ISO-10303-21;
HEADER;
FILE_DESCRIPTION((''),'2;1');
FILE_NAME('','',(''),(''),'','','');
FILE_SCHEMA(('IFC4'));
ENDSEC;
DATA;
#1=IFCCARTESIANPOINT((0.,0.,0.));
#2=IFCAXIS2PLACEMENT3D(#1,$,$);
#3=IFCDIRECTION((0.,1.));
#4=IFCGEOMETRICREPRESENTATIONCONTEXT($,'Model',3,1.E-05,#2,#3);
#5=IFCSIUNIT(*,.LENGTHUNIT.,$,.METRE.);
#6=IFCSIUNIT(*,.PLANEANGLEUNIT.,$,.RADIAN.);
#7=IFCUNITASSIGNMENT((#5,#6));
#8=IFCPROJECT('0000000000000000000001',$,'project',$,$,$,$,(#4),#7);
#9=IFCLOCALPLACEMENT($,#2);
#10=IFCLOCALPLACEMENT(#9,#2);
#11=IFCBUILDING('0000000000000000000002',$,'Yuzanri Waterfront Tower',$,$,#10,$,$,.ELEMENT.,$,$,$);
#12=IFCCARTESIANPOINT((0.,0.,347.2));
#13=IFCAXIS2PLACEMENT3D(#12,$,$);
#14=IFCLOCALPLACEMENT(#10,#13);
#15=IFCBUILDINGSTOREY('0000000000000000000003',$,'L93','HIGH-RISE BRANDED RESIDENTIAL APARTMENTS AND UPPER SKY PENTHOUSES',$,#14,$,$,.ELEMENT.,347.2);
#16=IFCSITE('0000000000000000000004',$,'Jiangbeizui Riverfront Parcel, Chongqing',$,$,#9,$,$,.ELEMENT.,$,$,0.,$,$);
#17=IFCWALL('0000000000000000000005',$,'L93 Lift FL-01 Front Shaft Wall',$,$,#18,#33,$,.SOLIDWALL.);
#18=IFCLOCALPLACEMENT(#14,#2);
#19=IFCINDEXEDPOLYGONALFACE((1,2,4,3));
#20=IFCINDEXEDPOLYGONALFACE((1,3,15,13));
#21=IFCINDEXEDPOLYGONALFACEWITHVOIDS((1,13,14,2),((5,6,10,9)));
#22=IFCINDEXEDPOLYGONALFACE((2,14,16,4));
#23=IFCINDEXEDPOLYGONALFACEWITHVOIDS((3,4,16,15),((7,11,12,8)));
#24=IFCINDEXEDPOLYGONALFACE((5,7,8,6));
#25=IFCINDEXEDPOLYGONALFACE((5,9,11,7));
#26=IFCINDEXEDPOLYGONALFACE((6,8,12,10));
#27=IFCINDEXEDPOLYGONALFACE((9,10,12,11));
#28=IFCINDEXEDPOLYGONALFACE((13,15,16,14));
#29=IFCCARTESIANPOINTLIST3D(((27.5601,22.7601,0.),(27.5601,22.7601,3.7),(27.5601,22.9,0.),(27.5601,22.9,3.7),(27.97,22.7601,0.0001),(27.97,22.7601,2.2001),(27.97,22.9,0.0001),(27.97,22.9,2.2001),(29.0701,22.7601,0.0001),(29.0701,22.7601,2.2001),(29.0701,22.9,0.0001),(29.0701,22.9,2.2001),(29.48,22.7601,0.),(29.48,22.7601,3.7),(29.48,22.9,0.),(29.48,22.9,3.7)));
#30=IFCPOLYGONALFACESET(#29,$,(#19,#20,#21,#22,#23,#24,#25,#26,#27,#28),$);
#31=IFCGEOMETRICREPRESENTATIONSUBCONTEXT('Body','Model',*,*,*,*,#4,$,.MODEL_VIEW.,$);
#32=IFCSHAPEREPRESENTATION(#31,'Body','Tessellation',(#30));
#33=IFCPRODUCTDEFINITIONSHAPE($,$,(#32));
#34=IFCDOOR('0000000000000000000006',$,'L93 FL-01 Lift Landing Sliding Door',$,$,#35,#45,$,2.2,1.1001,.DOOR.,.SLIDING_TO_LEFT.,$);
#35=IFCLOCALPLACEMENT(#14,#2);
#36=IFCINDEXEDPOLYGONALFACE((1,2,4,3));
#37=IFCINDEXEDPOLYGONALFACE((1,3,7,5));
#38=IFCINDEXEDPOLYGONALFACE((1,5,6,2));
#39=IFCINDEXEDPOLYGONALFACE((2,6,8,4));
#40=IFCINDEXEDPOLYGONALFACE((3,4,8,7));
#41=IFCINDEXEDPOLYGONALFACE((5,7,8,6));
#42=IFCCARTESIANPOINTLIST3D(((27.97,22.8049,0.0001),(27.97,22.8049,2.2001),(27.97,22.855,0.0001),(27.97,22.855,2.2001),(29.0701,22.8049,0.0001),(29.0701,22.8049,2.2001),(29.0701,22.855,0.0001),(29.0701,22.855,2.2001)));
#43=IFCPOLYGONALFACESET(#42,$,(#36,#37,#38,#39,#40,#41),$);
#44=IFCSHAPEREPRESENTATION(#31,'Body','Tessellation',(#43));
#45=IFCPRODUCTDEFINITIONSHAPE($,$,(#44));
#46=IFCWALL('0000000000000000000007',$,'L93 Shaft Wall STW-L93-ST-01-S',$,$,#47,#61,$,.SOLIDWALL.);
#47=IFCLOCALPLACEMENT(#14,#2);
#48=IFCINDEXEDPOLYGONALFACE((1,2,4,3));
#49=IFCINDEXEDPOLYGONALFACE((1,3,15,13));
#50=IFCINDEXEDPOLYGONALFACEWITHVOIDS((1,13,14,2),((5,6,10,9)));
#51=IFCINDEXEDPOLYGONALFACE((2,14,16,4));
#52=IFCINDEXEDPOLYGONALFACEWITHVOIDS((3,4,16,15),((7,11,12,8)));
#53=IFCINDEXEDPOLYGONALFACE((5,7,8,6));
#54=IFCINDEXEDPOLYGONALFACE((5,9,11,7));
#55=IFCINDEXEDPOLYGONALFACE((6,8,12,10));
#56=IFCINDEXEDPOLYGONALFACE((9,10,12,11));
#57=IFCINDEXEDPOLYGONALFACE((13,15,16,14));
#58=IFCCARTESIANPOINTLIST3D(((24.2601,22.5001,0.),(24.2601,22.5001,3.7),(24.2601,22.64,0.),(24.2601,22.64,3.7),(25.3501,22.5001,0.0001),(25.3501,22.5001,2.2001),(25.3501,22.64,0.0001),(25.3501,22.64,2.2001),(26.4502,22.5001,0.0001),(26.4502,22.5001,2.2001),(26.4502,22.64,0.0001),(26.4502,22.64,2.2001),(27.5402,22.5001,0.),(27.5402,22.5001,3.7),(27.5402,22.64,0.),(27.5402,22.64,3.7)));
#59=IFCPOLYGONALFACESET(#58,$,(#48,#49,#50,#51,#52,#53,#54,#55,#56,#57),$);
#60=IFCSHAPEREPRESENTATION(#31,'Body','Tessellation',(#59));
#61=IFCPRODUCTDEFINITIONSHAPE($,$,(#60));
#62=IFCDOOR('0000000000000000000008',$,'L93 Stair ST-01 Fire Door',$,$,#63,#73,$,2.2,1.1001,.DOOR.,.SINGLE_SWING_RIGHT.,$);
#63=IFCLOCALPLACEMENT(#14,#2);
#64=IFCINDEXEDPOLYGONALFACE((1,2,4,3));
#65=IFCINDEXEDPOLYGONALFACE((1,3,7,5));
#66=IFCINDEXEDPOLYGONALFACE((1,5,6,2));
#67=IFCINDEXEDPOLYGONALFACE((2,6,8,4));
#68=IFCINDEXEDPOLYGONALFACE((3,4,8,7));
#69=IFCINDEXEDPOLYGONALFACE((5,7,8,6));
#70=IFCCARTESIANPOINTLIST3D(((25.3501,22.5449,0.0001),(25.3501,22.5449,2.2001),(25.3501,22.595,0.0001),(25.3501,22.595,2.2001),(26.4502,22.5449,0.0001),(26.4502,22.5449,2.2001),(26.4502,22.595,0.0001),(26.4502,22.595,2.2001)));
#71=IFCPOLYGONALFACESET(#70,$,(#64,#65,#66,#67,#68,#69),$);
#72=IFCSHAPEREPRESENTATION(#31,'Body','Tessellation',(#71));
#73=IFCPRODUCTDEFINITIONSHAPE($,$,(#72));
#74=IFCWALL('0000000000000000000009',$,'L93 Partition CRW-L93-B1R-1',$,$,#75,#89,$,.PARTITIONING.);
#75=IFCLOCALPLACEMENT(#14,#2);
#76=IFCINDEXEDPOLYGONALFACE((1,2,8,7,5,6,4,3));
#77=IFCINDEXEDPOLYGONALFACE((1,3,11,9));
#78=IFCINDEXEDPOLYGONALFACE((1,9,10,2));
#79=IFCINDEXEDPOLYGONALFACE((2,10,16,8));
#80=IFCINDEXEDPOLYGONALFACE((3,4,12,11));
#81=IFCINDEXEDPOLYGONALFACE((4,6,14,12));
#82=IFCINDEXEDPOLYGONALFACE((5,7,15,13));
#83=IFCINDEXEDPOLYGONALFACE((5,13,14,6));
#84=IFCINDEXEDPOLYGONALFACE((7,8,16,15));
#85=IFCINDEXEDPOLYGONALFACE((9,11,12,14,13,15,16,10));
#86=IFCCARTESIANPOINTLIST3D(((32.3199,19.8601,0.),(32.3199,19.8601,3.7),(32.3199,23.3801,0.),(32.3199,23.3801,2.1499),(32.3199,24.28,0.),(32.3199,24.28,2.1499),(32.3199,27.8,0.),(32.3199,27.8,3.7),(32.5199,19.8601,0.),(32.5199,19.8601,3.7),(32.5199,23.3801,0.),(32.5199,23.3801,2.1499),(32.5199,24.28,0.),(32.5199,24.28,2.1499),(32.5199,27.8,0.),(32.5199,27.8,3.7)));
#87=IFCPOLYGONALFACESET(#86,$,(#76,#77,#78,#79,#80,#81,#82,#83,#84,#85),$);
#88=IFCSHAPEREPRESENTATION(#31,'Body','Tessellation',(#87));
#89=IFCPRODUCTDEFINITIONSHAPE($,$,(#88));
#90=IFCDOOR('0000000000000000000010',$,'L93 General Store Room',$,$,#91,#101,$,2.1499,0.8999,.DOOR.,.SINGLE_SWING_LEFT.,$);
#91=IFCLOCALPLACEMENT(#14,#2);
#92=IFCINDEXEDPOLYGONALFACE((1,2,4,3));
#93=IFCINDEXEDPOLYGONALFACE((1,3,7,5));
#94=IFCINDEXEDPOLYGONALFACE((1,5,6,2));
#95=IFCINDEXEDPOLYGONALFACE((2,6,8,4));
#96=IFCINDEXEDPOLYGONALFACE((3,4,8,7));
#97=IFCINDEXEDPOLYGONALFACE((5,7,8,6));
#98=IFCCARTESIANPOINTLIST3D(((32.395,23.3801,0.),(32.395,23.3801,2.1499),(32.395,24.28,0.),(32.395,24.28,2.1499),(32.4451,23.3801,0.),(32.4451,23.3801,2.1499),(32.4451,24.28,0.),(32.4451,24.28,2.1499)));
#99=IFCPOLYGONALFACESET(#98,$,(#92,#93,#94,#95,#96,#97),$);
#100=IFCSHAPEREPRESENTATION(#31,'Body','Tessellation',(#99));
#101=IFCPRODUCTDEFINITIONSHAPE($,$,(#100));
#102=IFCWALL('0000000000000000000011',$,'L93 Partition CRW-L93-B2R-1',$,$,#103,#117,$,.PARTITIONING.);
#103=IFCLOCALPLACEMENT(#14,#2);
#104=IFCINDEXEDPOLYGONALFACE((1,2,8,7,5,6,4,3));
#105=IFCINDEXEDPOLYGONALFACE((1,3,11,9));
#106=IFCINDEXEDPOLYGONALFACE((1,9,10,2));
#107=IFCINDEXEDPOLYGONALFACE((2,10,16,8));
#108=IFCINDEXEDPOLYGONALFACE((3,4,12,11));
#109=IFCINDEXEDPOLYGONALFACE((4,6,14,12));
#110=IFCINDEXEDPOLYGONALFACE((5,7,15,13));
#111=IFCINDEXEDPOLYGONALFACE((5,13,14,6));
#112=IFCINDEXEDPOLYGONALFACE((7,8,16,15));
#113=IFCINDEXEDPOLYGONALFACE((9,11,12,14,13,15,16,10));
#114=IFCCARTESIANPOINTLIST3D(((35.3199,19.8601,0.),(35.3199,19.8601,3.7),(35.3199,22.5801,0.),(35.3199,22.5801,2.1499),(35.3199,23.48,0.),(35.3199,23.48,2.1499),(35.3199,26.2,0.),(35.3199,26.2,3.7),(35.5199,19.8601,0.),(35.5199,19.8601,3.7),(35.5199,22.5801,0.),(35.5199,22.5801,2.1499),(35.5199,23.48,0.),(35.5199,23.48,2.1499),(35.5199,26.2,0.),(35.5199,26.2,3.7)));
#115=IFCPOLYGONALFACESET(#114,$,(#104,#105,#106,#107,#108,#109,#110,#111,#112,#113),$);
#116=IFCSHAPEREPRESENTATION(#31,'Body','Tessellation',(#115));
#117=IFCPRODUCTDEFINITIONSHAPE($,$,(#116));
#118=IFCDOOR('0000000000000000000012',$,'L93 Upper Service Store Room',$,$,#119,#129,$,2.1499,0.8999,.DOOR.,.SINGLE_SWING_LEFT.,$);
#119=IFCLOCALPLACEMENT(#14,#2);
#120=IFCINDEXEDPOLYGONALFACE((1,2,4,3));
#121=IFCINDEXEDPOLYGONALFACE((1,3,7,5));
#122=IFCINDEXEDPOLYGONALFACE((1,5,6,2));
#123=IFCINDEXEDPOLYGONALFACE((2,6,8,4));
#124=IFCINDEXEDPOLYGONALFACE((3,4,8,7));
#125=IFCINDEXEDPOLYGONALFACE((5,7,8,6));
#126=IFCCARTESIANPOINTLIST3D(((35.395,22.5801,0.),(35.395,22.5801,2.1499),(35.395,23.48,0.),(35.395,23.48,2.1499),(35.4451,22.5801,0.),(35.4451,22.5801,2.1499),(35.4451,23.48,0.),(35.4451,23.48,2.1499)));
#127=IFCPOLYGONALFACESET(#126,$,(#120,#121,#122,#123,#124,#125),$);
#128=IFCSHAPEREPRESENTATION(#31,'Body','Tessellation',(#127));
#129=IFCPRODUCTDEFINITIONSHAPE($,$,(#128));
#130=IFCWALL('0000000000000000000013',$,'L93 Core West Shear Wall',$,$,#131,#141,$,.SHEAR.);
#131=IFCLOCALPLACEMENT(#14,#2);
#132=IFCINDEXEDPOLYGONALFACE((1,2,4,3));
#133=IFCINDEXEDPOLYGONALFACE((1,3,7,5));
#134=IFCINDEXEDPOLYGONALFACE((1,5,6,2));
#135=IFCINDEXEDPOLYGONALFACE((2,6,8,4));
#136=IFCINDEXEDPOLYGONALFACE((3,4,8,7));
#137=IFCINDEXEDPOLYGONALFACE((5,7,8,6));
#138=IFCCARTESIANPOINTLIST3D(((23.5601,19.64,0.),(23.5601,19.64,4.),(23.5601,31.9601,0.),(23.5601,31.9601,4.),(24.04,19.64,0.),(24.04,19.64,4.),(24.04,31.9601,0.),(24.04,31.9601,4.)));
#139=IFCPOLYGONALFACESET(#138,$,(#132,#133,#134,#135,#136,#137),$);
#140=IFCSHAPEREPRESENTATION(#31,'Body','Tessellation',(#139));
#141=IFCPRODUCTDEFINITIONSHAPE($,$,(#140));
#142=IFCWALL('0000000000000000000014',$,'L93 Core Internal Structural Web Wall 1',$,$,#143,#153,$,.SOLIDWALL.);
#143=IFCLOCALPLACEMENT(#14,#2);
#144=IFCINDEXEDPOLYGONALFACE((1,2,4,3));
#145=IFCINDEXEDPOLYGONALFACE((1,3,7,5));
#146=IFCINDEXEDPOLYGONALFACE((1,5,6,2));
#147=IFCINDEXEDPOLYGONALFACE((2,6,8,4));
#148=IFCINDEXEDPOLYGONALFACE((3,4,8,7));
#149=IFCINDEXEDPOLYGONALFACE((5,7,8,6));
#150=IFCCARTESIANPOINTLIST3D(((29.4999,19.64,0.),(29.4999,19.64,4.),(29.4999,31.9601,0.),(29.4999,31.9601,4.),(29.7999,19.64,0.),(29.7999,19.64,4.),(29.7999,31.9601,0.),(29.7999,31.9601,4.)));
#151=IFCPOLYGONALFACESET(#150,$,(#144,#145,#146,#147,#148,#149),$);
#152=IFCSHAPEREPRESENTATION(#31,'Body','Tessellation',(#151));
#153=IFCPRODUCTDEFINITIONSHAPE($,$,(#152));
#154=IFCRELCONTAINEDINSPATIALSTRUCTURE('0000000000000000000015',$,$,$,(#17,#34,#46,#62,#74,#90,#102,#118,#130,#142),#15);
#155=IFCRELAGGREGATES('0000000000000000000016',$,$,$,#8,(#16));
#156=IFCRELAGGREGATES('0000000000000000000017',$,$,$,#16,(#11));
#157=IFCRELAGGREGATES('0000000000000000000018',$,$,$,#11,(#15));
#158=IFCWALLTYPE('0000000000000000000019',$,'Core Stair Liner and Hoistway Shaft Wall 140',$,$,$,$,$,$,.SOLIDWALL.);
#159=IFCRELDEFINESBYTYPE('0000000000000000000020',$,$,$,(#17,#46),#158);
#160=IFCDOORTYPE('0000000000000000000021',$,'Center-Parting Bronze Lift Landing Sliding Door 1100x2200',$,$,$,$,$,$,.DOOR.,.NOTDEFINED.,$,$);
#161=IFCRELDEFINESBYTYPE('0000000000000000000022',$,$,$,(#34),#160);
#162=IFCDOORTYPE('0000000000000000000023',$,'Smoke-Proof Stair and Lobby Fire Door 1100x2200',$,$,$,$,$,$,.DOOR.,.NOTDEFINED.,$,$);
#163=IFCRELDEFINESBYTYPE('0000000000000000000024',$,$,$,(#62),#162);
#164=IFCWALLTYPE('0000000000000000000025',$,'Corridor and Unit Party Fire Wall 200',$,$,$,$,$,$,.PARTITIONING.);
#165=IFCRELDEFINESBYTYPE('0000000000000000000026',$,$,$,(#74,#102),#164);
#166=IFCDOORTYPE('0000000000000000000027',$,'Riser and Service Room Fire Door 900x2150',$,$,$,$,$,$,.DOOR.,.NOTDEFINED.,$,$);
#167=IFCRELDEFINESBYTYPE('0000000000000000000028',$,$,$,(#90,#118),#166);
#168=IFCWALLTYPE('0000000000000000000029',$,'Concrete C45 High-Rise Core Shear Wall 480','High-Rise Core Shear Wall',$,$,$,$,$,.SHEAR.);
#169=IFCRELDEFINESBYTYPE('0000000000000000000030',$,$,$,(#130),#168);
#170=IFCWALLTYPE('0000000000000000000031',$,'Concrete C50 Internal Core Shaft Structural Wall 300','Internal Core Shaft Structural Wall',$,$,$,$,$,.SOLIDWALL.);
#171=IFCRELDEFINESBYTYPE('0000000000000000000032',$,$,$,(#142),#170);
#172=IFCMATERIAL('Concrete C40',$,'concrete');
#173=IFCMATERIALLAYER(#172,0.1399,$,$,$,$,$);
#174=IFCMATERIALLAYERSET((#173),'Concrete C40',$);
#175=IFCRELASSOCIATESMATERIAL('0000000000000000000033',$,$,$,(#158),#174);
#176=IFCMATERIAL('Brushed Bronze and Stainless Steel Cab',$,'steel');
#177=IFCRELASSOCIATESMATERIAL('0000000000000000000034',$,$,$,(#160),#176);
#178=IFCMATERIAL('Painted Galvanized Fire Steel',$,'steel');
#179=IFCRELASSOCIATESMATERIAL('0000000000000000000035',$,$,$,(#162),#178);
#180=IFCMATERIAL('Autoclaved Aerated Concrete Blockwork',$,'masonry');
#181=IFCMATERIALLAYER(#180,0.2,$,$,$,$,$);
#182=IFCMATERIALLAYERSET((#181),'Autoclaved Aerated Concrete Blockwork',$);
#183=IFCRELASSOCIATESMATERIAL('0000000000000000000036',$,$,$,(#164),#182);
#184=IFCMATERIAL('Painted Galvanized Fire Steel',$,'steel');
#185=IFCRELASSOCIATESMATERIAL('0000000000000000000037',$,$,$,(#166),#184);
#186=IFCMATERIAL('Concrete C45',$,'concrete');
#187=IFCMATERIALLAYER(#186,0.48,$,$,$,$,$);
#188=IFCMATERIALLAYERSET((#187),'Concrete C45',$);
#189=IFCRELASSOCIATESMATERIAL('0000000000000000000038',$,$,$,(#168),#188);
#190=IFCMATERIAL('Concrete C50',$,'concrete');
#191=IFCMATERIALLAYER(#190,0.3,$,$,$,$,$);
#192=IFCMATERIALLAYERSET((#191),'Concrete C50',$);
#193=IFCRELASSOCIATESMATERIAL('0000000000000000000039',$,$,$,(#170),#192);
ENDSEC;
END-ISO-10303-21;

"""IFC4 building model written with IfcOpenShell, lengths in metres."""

from ifc_helpers import new_model, si_unit, direction, frame, frame_2d, origin, place, context, subcontext, project, spatial, rectangle, extrude, source, transform, mapped, material, layer, layer_set, type_object, element, fill, save


model = new_model("IFC4")

# Units and contexts
model_context = context("Model", 3, precision=1e-05, world=origin(), true_north=direction((0.0, 1.0)))
body_context = subcontext(model_context, "Body", "Model", "MODEL_VIEW")
ifc_project = project(units=[si_unit("LENGTHUNIT", "METRE"), si_unit("PLANEANGLEUNIT", "RADIAN")], contexts=[model_context])

# Site, building, storey
site_placement = place(None, origin())
site = spatial("IfcSite", under=ifc_project, at=site_placement, Name="Jiangbeizui Riverfront Parcel, Chongqing", CompositionType="ELEMENT", RefElevation=0.0)
building_placement = place(site_placement, origin())
building = spatial("IfcBuilding", under=site, at=building_placement, Name="Yuzanri Waterfront Tower", CompositionType="ELEMENT")
storey_placement = place(building_placement, frame((0.0, 0.0, 347.2)))
storey = spatial("IfcBuildingStorey", under=building, at=storey_placement, Name="L93", Description="HIGH-RISE BRANDED RESIDENTIAL APARTMENTS AND UPPER SKY PENTHOUSES", CompositionType="ELEMENT", Elevation=347.2)

# Walls, openings, doors
ifc_material_1 = material(Name="Concrete C40", Category="concrete")
ifc_layer_1 = layer(ifc_material_1, 0.1399)
ifc_layer_set_1 = layer_set([ifc_layer_1], Name="Concrete C40")
wall_type_1 = type_object("IfcWallType", Name="Core Stair Liner and Hoistway Shaft Wall 140", PredefinedType="SOLIDWALL", material=ifc_layer_set_1)
wall_1_placement = place(storey_placement, frame((27.5601, 22.8301, 0.0), z_axis=(0.0, 0.0, 1.0), x_axis=(1.0, 0.0, 0.0)))
wall_1 = element("IfcWall", 1, at=wall_1_placement, inside=storey, type_object=wall_type_1, Name="L93 Lift FL-01 Front Shaft Wall", PredefinedType="SOLIDWALL", context=body_context, shape_type="SweptSolid", body=[
    extrude(rectangle(XDim=1.9199, YDim=0.1399, at=frame_2d((0.96, 0.0))), origin(), (0.0, 0.0, 1.0), 3.7),
])
opening_1_placement = place(wall_1_placement, frame((0.4099, 0.0, 0.0)))
opening_1 = element("IfcOpeningElement", 2, at=opening_1_placement, cuts=wall_1, PredefinedType="OPENING", context=body_context, shape_type="SweptSolid", body=[
    extrude(rectangle(XDim=1.1001, YDim=2.2, at=frame_2d((0.55, 1.1001))), frame((0.0, 0.085, 0.0), z_axis=(0.0, -1.0, 0.0), x_axis=(1.0, 0.0, 0.0)), (0.0, 0.0, 1.0), 0.1697),
])
ifc_material_2 = material(Name="Brushed Bronze and Stainless Steel Cab", Category="steel")
door_type_1 = type_object("IfcDoorType", Name="Center-Parting Bronze Lift Landing Sliding Door 1100x2200", OperationType="NOTDEFINED", PredefinedType="DOOR", material=ifc_material_2)
shared_shape_1 = source(origin(), body_context, "Body", "SweptSolid", [
    extrude(rectangle(XDim=1.1001, YDim=2.2, at=frame_2d((0.55, 1.1001))), frame((0.0, 0.0249, 0.0), z_axis=(0.0, -1.0, 0.0), x_axis=(1.0, 0.0, 0.0)), (0.0, 0.0, 1.0), 0.05),
])
door_1_placement = place(opening_1_placement, origin())
door_1 = element("IfcDoor", 3, at=door_1_placement, inside=storey, type_object=door_type_1, Name="L93 FL-01 Lift Landing Sliding Door", OperationType="SLIDING_TO_LEFT", OverallHeight=2.2, OverallWidth=1.1001, PredefinedType="DOOR", context=body_context, shape_type="MappedRepresentation", body=[
    mapped(shared_shape_1, transform((0.0, 0.0, 0.0), scale=1.0)),
])
fill(opening_1, door_1)
wall_2_placement = place(storey_placement, frame((24.26, 22.5701, 0.0), z_axis=(0.0, 0.0, 1.0), x_axis=(1.0, 0.0, 0.0)))
wall_2 = element("IfcWall", 4, at=wall_2_placement, inside=storey, type_object=wall_type_1, Name="L93 Shaft Wall STW-L93-ST-01-S", PredefinedType="SOLIDWALL", context=body_context, shape_type="SweptSolid", body=[
    extrude(rectangle(XDim=3.28, YDim=0.1399, at=frame_2d((1.6401, 0.0))), origin(), (0.0, 0.0, 1.0), 3.7),
])
opening_2_placement = place(wall_2_placement, frame((1.0901, 0.0, 0.0)))
opening_2 = element("IfcOpeningElement", 5, at=opening_2_placement, cuts=wall_2, PredefinedType="OPENING", context=body_context, shape_type="SweptSolid", body=[
    extrude(rectangle(XDim=1.1001, YDim=2.2, at=frame_2d((0.55, 1.1001))), frame((0.0, 0.085, 0.0), z_axis=(0.0, -1.0, 0.0), x_axis=(1.0, 0.0, 0.0)), (0.0, 0.0, 1.0), 0.1697),
])
ifc_material_3 = material(Name="Painted Galvanized Fire Steel", Category="steel")
door_type_2 = type_object("IfcDoorType", Name="Smoke-Proof Stair and Lobby Fire Door 1100x2200", OperationType="NOTDEFINED", PredefinedType="DOOR", material=ifc_material_3)
shared_shape_2 = source(origin(), body_context, "Body", "SweptSolid", [
    extrude(rectangle(XDim=1.1001, YDim=2.2, at=frame_2d((0.55, 1.1001))), frame((0.0, 0.0249, 0.0), z_axis=(0.0, -1.0, 0.0), x_axis=(1.0, 0.0, 0.0)), (0.0, 0.0, 1.0), 0.05),
])
door_2_placement = place(opening_2_placement, origin())
door_2 = element("IfcDoor", 6, at=door_2_placement, inside=storey, type_object=door_type_2, Name="L93 Stair ST-01 Fire Door", OperationType="SINGLE_SWING_RIGHT", OverallHeight=2.2, OverallWidth=1.1001, PredefinedType="DOOR", context=body_context, shape_type="MappedRepresentation", body=[
    mapped(shared_shape_2, transform((0.0, 0.0, 0.0), scale=1.0)),
])
fill(opening_2, door_2)
ifc_material_4 = material(Name="Autoclaved Aerated Concrete Blockwork", Category="masonry")
ifc_layer_2 = layer(ifc_material_4, 0.2)
ifc_layer_set_2 = layer_set([ifc_layer_2], Name="Autoclaved Aerated Concrete Blockwork")
wall_type_2 = type_object("IfcWallType", Name="Corridor and Unit Party Fire Wall 200", PredefinedType="PARTITIONING", material=ifc_layer_set_2)
wall_3_placement = place(storey_placement, frame((32.4199, 19.8601, 0.0), z_axis=(0.0, 0.0, 1.0), x_axis=(0.0, 1.0, 0.0)))
wall_3 = element("IfcWall", 7, at=wall_3_placement, inside=storey, type_object=wall_type_2, Name="L93 Partition CRW-L93-B1R-1", PredefinedType="PARTITIONING", context=body_context, shape_type="SweptSolid", body=[
    extrude(rectangle(XDim=7.9399, YDim=0.2, at=frame_2d((3.97, 0.0))), origin(), (0.0, 0.0, 1.0), 3.7),
])
opening_3_placement = place(wall_3_placement, frame((3.52, 0.0, 0.0)))
opening_3 = element("IfcOpeningElement", 8, at=opening_3_placement, cuts=wall_3, PredefinedType="OPENING", context=body_context, shape_type="SweptSolid", body=[
    extrude(rectangle(XDim=0.8999, YDim=2.1499, at=frame_2d((0.45, 1.075))), frame((0.0, 0.1147, 0.0), z_axis=(0.0, -1.0, 0.0), x_axis=(1.0, 0.0, 0.0)), (0.0, 0.0, 1.0), 0.2297),
])
ifc_material_5 = material(Name="Painted Galvanized Fire Steel", Category="steel")
door_type_3 = type_object("IfcDoorType", Name="Riser and Service Room Fire Door 900x2150", OperationType="NOTDEFINED", PredefinedType="DOOR", material=ifc_material_5)
shared_shape_3 = source(origin(), body_context, "Body", "SweptSolid", [
    extrude(rectangle(XDim=0.8999, YDim=2.1499, at=frame_2d((0.45, 1.075))), frame((0.0, 0.0249, 0.0), z_axis=(0.0, -1.0, 0.0), x_axis=(1.0, 0.0, 0.0)), (0.0, 0.0, 1.0), 0.05),
])
door_3_placement = place(opening_3_placement, origin())
door_3 = element("IfcDoor", 9, at=door_3_placement, inside=storey, type_object=door_type_3, Name="L93 General Store Room", OperationType="SINGLE_SWING_LEFT", OverallHeight=2.1499, OverallWidth=0.8999, PredefinedType="DOOR", context=body_context, shape_type="MappedRepresentation", body=[
    mapped(shared_shape_3, transform((0.0, 0.0, 0.0), scale=1.0)),
])
fill(opening_3, door_3)
wall_4_placement = place(storey_placement, frame((35.4199, 19.8601, 0.0), z_axis=(0.0, 0.0, 1.0), x_axis=(0.0, 1.0, 0.0)))
wall_4 = element("IfcWall", 10, at=wall_4_placement, inside=storey, type_object=wall_type_2, Name="L93 Partition CRW-L93-B2R-1", PredefinedType="PARTITIONING", context=body_context, shape_type="SweptSolid", body=[
    extrude(rectangle(XDim=6.3398, YDim=0.2, at=frame_2d((3.1699, 0.0))), origin(), (0.0, 0.0, 1.0), 3.7),
])
opening_4_placement = place(wall_4_placement, frame((2.72, 0.0, 0.0)))
opening_4 = element("IfcOpeningElement", 11, at=opening_4_placement, cuts=wall_4, PredefinedType="OPENING", context=body_context, shape_type="SweptSolid", body=[
    extrude(rectangle(XDim=0.8999, YDim=2.1499, at=frame_2d((0.45, 1.075))), frame((0.0, 0.1147, 0.0), z_axis=(0.0, -1.0, 0.0), x_axis=(1.0, 0.0, 0.0)), (0.0, 0.0, 1.0), 0.2297),
])
door_4_placement = place(opening_4_placement, origin())
door_4 = element("IfcDoor", 12, at=door_4_placement, inside=storey, type_object=door_type_3, Name="L93 Upper Service Store Room", OperationType="SINGLE_SWING_LEFT", OverallHeight=2.1499, OverallWidth=0.8999, PredefinedType="DOOR", context=body_context, shape_type="MappedRepresentation", body=[
    mapped(shared_shape_3, transform((0.0, 0.0, 0.0), scale=1.0)),
])
fill(opening_4, door_4)

# Walls
ifc_material_6 = material(Name="Concrete C45", Category="concrete")
ifc_layer_3 = layer(ifc_material_6, 0.48)
ifc_layer_set_3 = layer_set([ifc_layer_3], Name="Concrete C45")
wall_type_3 = type_object("IfcWallType", Name="Concrete C45 High-Rise Core Shear Wall 480", Description="High-Rise Core Shear Wall", PredefinedType="SHEAR", material=ifc_layer_set_3)
shared_shape_4 = source(origin(), body_context, "Body", "SweptSolid", [
    extrude(rectangle(XDim=12.3201, YDim=0.48, at=frame_2d((6.1602, 0.0))), origin(), (0.0, 0.0, 1.0), 4.0),
])
wall_5_placement = place(storey_placement, frame((23.8, 19.6399, 0.0), z_axis=(0.0, 0.0, 1.0), x_axis=(0.0, 1.0, 0.0)))
element("IfcWall", 13, at=wall_5_placement, inside=storey, type_object=wall_type_3, Name="L93 Core West Shear Wall", PredefinedType="SHEAR", context=body_context, shape_type="MappedRepresentation", body=[
    mapped(shared_shape_4, transform((0.0, 0.0, 0.0), scale=1.0)),
])
ifc_material_7 = material(Name="Concrete C50", Category="concrete")
ifc_layer_4 = layer(ifc_material_7, 0.3)
ifc_layer_set_4 = layer_set([ifc_layer_4], Name="Concrete C50")
wall_type_4 = type_object("IfcWallType", Name="Concrete C50 Internal Core Shaft Structural Wall 300", Description="Internal Core Shaft Structural Wall", PredefinedType="SOLIDWALL", material=ifc_layer_set_4)
shared_shape_5 = source(origin(), body_context, "Body", "SweptSolid", [
    extrude(rectangle(XDim=12.3201, YDim=0.3, at=frame_2d((6.1602, 0.0))), origin(), (0.0, 0.0, 1.0), 4.0),
])
wall_6_placement = place(storey_placement, frame((29.6499, 19.6399, 0.0), z_axis=(0.0, 0.0, 1.0), x_axis=(0.0, 1.0, 0.0)))
element("IfcWall", 14, at=wall_6_placement, inside=storey, type_object=wall_type_4, Name="L93 Core Internal Structural Web Wall 1", PredefinedType="SOLIDWALL", context=body_context, shape_type="MappedRepresentation", body=[
    mapped(shared_shape_5, transform((0.0, 0.0, 0.0), scale=1.0)),
])

save(model, "model.ifc")
